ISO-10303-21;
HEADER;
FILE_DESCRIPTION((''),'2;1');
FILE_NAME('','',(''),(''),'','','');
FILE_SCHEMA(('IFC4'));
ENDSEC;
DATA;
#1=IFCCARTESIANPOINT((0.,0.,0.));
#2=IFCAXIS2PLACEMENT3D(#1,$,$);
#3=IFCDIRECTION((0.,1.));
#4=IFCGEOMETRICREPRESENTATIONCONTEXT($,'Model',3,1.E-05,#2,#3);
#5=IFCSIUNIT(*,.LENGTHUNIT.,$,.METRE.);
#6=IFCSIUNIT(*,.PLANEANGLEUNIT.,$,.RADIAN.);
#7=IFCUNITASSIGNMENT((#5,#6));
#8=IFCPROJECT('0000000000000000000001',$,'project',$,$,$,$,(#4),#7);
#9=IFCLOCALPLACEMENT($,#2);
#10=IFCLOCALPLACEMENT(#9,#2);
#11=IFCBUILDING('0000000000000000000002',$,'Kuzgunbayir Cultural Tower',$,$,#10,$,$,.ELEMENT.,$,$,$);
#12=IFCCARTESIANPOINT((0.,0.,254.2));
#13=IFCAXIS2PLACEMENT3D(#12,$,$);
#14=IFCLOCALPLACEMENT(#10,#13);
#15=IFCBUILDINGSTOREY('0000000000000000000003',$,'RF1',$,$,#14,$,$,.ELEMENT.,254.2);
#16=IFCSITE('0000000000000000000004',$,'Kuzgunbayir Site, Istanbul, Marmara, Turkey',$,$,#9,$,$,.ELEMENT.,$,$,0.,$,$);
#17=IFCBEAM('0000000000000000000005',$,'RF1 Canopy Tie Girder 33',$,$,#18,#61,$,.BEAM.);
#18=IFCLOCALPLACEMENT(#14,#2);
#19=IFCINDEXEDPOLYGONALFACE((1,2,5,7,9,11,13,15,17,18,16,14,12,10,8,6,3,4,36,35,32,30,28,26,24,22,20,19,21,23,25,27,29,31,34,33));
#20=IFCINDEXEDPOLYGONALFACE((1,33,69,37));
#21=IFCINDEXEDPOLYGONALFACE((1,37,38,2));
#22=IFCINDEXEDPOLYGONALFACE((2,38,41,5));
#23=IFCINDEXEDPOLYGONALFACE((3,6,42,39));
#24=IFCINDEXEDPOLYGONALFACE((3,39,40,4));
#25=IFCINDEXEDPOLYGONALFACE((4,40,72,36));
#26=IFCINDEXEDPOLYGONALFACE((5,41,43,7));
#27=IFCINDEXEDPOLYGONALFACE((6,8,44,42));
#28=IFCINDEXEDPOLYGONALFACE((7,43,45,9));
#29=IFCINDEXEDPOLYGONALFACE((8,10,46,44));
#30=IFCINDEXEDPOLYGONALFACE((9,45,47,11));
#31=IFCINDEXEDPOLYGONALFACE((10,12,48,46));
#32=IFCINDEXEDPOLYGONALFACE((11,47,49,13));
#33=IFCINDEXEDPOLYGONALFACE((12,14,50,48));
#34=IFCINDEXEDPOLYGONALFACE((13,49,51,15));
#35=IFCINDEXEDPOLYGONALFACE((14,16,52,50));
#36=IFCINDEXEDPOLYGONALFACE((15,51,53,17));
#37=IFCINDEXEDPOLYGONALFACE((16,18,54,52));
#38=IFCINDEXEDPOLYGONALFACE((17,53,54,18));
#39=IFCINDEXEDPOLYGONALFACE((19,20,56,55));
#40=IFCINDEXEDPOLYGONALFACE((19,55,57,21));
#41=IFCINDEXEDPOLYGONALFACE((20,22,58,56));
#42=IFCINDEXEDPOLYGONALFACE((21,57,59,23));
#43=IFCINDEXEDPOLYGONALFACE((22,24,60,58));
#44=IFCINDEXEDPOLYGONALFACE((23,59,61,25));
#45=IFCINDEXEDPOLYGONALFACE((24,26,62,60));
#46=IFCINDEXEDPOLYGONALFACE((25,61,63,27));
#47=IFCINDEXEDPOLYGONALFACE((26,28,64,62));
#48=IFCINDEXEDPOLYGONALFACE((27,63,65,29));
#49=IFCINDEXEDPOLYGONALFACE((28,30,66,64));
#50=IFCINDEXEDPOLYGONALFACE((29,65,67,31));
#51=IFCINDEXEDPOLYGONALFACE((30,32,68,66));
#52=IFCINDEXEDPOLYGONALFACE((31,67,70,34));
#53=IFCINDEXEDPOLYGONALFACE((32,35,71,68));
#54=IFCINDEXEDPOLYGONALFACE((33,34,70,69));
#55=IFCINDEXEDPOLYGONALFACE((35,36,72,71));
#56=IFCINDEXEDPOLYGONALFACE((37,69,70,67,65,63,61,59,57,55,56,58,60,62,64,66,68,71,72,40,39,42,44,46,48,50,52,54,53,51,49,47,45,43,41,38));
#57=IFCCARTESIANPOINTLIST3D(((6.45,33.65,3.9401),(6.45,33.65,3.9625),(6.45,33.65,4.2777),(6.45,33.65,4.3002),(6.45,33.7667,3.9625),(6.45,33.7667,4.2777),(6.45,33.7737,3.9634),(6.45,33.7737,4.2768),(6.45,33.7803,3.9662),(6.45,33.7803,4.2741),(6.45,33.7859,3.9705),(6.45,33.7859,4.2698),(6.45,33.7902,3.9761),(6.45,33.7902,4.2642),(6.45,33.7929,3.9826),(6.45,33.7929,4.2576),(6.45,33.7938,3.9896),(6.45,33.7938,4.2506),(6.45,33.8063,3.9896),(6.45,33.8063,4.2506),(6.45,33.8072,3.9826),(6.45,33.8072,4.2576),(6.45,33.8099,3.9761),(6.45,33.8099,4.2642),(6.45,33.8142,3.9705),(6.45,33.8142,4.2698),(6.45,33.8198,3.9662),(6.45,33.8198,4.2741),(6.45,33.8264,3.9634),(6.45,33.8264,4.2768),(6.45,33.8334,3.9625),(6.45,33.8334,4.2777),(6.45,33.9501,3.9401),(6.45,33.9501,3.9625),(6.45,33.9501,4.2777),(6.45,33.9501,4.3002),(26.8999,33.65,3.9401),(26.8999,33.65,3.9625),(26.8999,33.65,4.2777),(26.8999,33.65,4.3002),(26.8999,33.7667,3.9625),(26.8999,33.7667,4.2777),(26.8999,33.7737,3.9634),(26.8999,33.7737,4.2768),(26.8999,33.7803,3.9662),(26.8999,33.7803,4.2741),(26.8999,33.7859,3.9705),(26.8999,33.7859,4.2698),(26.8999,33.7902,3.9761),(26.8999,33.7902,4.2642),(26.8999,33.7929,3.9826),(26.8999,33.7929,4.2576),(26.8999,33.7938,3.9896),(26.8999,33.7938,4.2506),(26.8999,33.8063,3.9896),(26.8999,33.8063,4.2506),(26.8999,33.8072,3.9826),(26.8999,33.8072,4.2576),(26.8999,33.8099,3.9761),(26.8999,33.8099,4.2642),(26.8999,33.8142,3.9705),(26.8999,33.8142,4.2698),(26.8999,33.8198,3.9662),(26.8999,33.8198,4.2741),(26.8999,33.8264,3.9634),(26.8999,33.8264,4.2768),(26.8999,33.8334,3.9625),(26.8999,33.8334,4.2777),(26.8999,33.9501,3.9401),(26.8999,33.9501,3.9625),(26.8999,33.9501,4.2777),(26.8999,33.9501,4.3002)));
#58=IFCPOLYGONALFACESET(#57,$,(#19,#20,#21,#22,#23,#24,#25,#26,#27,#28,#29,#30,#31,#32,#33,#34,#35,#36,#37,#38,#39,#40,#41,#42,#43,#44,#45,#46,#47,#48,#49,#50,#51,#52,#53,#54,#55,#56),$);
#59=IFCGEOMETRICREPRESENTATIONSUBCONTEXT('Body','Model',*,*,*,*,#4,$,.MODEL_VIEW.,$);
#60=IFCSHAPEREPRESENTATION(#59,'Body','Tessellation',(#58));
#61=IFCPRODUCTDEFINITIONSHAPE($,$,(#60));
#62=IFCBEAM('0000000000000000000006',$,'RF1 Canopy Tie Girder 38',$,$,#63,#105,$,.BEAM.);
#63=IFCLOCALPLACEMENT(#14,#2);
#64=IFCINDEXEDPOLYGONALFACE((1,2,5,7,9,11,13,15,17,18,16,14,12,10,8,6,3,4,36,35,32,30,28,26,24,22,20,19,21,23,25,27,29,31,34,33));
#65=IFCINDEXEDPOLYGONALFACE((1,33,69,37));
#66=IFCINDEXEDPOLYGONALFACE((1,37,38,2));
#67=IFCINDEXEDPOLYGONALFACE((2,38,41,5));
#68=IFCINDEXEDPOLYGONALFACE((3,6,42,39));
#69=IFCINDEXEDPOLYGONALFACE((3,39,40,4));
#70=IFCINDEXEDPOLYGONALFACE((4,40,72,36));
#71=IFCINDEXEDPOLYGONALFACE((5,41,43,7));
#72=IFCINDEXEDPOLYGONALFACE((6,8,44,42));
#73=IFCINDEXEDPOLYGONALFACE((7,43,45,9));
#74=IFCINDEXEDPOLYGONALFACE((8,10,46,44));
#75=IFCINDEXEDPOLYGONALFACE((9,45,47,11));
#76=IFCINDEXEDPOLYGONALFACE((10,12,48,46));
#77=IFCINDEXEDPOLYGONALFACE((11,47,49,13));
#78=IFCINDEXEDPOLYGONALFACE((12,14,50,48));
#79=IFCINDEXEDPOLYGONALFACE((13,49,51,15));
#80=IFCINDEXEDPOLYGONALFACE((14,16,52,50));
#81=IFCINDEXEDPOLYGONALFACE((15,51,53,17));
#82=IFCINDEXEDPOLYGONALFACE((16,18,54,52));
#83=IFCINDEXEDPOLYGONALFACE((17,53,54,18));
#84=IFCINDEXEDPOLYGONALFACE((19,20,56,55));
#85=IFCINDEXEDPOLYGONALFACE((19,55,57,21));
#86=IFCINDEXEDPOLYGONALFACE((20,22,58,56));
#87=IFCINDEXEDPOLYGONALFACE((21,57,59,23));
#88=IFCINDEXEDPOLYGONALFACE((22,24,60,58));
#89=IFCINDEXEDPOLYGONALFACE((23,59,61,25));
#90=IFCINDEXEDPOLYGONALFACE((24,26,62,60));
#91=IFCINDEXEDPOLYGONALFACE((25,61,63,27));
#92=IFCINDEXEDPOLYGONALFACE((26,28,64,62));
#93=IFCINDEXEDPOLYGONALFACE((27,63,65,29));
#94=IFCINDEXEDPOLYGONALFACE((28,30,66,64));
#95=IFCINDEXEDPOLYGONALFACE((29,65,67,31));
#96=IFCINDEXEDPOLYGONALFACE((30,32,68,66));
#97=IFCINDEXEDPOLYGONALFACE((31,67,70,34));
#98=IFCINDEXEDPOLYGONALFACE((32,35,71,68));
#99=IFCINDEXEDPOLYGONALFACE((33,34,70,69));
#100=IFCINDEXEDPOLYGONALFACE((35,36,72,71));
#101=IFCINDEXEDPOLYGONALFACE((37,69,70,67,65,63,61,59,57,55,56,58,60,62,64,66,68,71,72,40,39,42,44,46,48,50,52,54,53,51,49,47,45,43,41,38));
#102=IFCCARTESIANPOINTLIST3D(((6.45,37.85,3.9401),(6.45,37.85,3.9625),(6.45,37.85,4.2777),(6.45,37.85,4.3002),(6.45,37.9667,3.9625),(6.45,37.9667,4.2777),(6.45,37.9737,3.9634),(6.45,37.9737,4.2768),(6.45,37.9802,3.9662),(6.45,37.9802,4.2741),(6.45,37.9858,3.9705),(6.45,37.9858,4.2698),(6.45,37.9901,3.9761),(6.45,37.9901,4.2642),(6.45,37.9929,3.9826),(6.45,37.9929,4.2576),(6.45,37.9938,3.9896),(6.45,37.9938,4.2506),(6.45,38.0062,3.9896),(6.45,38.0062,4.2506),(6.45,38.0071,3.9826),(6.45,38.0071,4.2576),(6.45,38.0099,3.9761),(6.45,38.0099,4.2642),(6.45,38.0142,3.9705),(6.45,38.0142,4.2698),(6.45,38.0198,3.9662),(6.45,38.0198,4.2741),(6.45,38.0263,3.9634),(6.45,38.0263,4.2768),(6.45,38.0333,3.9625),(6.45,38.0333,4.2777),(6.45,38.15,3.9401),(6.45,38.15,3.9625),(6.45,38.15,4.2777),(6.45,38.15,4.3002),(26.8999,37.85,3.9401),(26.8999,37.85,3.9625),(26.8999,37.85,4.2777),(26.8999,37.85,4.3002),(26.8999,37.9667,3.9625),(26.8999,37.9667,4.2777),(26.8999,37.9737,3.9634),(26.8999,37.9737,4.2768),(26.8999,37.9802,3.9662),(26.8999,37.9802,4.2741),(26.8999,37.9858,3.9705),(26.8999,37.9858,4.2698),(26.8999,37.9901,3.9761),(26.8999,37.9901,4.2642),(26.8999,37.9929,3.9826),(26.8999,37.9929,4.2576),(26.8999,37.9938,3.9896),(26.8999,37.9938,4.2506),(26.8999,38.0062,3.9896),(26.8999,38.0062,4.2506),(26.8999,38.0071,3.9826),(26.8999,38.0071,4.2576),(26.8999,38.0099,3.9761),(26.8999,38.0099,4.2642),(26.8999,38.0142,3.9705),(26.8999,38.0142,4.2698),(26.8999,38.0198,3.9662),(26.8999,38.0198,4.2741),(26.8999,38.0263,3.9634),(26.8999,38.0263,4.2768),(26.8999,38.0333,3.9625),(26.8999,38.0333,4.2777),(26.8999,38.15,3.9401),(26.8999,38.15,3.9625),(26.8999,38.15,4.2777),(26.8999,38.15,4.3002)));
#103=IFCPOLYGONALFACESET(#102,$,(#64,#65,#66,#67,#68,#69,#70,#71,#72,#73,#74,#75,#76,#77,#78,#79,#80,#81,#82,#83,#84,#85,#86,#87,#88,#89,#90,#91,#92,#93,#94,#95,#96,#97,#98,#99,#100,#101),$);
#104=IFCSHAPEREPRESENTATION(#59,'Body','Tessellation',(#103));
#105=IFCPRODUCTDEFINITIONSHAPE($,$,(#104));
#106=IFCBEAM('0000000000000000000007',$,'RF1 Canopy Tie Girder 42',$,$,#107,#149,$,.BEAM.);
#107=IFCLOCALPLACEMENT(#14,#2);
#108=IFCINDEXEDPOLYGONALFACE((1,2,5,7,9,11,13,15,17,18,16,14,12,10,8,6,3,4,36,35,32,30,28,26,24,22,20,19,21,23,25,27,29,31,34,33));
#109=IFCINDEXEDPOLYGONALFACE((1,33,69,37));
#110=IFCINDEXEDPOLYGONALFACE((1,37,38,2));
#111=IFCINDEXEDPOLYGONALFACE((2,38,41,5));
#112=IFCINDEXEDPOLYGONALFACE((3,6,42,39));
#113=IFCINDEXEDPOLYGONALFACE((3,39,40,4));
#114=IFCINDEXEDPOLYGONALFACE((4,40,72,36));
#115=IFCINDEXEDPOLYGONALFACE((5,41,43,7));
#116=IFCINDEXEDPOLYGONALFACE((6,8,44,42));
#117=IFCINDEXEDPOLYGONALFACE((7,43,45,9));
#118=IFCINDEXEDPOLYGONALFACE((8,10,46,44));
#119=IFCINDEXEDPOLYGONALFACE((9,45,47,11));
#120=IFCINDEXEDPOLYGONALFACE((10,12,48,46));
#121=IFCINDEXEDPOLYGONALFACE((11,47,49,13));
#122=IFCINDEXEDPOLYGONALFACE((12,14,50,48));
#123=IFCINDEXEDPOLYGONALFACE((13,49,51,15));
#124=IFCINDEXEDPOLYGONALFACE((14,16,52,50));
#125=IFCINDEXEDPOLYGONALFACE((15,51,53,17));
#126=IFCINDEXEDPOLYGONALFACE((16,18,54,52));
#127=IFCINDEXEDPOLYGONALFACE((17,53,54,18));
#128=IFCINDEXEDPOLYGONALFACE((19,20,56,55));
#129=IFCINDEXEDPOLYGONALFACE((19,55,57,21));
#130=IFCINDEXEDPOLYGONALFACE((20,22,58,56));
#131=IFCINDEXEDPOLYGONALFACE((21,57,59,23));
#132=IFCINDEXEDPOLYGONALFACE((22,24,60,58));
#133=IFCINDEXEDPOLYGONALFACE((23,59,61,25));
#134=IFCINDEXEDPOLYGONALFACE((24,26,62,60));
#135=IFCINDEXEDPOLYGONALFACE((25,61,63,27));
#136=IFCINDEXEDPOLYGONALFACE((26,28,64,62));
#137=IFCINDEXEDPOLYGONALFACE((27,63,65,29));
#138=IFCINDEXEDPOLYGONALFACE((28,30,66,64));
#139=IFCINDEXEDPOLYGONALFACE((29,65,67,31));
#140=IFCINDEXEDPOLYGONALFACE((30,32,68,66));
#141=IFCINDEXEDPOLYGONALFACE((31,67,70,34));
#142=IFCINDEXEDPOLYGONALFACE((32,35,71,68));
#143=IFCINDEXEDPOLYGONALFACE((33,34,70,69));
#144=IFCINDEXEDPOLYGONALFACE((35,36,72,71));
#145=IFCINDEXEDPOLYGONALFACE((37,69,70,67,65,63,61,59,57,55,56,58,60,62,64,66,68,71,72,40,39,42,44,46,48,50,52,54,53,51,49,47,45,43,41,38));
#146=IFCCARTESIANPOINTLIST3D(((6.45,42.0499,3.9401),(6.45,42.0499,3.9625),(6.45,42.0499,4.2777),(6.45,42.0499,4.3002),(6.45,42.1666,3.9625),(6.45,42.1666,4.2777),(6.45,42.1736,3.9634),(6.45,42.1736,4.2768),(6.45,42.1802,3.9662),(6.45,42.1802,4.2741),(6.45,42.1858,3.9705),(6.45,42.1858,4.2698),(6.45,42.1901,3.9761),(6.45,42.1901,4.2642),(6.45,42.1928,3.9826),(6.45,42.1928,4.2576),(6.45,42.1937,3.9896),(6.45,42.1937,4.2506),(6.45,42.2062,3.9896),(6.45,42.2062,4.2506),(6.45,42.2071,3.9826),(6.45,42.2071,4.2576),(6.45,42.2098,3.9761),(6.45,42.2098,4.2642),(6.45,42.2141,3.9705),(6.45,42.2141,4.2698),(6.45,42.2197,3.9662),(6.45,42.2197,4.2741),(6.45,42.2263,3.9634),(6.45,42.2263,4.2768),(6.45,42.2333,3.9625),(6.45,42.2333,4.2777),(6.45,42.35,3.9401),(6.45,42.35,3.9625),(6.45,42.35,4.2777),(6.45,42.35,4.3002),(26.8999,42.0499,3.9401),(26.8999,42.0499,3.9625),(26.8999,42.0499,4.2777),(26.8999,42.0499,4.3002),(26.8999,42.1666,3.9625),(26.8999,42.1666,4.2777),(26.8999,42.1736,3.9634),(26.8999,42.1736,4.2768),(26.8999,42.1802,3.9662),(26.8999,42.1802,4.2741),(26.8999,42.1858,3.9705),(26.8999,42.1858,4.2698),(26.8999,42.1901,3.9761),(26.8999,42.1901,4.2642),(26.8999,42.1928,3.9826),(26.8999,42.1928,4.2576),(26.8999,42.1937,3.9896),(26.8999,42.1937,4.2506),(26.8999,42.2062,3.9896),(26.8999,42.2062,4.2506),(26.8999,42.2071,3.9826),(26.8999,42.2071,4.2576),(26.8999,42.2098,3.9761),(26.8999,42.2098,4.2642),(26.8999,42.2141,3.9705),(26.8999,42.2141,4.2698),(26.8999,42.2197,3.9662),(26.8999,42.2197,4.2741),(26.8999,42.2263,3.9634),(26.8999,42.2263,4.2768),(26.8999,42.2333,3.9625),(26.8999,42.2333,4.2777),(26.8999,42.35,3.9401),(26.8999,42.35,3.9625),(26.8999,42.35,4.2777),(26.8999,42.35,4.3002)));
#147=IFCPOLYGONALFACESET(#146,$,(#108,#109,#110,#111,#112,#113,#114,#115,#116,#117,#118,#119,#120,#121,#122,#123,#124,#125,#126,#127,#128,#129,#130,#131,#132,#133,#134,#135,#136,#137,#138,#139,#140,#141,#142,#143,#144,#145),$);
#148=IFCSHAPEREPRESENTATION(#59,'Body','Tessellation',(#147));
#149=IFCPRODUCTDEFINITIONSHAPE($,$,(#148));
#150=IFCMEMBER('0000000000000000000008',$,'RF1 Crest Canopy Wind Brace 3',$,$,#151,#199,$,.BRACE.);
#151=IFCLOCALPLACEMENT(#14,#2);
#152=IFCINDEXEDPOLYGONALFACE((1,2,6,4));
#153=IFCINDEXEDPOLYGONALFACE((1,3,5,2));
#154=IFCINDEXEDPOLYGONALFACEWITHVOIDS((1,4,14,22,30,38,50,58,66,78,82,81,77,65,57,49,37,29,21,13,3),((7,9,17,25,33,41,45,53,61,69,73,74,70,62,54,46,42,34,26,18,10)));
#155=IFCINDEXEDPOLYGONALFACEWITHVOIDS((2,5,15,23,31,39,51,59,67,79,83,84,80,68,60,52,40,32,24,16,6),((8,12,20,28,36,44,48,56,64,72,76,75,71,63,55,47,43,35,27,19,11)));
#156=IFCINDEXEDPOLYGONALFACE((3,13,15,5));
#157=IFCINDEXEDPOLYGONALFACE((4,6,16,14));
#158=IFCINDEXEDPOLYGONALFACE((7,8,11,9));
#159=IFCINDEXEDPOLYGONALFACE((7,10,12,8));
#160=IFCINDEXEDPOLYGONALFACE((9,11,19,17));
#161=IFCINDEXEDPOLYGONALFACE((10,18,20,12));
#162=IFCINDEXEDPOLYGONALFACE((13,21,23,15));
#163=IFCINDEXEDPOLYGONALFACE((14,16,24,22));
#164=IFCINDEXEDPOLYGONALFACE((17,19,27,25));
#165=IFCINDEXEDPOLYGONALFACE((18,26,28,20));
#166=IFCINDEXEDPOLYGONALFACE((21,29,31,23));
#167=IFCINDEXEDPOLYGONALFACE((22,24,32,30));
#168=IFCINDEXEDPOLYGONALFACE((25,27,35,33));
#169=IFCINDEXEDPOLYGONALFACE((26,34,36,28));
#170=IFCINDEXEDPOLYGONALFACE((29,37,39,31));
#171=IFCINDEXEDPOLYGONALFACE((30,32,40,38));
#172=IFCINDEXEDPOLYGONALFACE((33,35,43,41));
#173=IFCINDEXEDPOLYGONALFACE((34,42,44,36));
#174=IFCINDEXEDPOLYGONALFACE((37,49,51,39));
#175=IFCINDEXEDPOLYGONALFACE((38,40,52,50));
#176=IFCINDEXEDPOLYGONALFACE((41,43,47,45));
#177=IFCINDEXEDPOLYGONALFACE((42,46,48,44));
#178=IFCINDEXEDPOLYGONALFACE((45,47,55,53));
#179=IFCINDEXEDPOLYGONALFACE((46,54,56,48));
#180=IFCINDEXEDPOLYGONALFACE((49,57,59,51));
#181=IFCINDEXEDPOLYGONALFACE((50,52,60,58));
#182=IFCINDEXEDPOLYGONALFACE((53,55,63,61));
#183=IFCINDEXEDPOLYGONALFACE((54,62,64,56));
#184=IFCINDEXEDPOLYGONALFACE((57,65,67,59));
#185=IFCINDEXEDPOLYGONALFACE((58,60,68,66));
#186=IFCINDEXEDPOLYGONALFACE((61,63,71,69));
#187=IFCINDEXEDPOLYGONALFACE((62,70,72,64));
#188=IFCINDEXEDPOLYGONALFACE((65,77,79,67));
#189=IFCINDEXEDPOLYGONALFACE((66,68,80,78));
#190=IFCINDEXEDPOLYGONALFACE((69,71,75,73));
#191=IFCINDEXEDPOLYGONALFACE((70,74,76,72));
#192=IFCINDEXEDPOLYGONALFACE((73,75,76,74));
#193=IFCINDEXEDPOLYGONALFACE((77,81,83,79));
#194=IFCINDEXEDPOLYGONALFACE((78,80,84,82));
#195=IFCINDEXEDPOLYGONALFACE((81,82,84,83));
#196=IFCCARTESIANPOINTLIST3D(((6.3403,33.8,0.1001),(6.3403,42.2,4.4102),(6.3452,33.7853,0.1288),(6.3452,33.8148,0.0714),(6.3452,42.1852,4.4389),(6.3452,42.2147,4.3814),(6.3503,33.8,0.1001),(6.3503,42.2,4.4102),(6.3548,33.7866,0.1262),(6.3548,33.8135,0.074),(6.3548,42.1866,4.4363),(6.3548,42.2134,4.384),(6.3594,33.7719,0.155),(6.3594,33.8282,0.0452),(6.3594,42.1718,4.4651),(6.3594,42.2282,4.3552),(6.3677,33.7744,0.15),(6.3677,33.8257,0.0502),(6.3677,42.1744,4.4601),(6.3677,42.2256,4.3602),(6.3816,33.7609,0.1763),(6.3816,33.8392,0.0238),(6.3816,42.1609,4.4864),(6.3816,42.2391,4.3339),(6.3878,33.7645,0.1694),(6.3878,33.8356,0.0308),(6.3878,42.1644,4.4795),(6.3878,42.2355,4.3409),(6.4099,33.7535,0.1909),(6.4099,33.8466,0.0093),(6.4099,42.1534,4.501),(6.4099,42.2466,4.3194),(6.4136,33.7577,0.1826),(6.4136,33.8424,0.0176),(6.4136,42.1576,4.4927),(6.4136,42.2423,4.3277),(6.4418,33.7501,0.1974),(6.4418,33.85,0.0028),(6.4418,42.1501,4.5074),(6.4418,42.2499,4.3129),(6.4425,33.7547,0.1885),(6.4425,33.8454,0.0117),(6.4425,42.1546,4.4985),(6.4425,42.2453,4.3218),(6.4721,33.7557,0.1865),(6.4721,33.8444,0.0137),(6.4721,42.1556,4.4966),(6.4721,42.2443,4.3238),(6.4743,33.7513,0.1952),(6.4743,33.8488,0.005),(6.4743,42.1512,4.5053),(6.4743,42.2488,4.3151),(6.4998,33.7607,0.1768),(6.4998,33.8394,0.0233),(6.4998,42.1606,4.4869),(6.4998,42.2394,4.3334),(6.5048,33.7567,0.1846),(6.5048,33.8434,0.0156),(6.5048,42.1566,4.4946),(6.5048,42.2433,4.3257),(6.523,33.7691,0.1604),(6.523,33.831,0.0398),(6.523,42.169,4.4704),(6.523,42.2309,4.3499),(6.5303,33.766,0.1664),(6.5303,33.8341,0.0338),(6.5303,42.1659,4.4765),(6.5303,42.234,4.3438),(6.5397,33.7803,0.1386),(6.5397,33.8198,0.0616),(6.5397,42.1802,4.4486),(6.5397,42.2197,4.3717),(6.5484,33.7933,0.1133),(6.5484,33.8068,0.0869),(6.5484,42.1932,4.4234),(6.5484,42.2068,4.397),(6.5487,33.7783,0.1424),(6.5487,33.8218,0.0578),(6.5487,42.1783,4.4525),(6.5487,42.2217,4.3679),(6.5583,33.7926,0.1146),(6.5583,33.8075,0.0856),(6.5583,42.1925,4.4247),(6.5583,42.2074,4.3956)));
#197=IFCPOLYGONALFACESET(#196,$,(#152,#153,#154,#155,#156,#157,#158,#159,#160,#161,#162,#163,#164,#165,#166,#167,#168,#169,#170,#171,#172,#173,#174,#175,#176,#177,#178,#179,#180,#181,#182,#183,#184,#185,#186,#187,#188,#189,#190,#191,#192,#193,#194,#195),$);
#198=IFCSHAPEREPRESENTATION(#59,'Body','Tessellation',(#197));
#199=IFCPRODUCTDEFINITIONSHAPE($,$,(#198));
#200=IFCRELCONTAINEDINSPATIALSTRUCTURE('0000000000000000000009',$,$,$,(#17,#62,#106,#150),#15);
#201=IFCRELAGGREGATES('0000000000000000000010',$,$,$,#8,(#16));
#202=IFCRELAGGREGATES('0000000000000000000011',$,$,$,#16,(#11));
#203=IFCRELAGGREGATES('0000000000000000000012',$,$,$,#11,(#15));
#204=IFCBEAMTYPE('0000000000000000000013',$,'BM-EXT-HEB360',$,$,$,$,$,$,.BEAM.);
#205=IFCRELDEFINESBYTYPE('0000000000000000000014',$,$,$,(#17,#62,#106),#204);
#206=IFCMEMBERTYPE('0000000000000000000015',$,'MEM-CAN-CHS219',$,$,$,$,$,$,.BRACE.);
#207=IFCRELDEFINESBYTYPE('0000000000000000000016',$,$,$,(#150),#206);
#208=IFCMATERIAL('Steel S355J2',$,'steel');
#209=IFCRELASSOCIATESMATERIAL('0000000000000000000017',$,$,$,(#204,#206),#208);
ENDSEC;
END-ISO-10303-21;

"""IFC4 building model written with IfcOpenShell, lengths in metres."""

from ifc_helpers import new_model, si_unit, direction, frame, origin, origin_2d, place, context, subcontext, project, spatial, hollow_circle, i_section, extrude, material, material_profile, profile_set, type_object, element, save


model = new_model("IFC4")

# Units and contexts
model_context = context("Model", 3, precision=1e-05, world=origin(), true_north=direction((0.0, 1.0)))
body_context = subcontext(model_context, "Body", "Model", "MODEL_VIEW")
ifc_project = project(units=[si_unit("LENGTHUNIT", "METRE"), si_unit("PLANEANGLEUNIT", "RADIAN")], contexts=[model_context])

# Site, building, storey
site_placement = place(None, origin())
site = spatial("IfcSite", under=ifc_project, at=site_placement, Name="Kuzgunbayir Site, Istanbul, Marmara, Turkey", CompositionType="ELEMENT", RefElevation=0.0)
building_placement = place(site_placement, origin())
building = spatial("IfcBuilding", under=site, at=building_placement, Name="Kuzgunbayir Cultural Tower", CompositionType="ELEMENT")
storey_placement = place(building_placement, frame((0.0, 0.0, 254.2)))
storey = spatial("IfcBuildingStorey", under=building, at=storey_placement, Name="RF1", CompositionType="ELEMENT", Elevation=254.2)

# Beams
ifc_material_1 = material(Name="Steel S355J2", Category="steel")
ifc_material_profile_1 = material_profile(ifc_material_1, i_section(OverallWidth=0.3, OverallDepth=0.3601, WebThickness=0.0125, FlangeThickness=0.0225, FilletRadius=0.0271, at=origin_2d()), Name="HEB 360")
ifc_profile_set_1 = profile_set([ifc_material_profile_1], Name="Steel S355J2")
beam_type = type_object("IfcBeamType", Name="BM-EXT-HEB360", PredefinedType="BEAM", material=ifc_profile_set_1)
for number, where, z_axis, x_axis, name in (
    (1, (6.45, 33.8, 4.1201), (1.0, 0.0, 0.0), (0.0, 1.0, 0.0), "RF1 Canopy Tie Girder 33"),
    (2, (6.45, 38.0, 4.1201), (1.0, 0.0, 0.0), (0.0, 1.0, 0.0), "RF1 Canopy Tie Girder 38"),
    (3, (6.45, 42.2, 4.1201), (1.0, 0.0, 0.0), (0.0, 1.0, 0.0), "RF1 Canopy Tie Girder 42"),
):
    element("IfcBeam", number, at=place(storey_placement, frame(where, z_axis=z_axis, x_axis=x_axis)), inside=storey, type_object=beam_type, Name=name, PredefinedType="BEAM", context=body_context, shape_type="SweptSolid", body=[
        extrude(i_section(OverallWidth=0.3, OverallDepth=0.3601, WebThickness=0.0125, FlangeThickness=0.0225, FilletRadius=0.0271, at=origin_2d()), origin(), (0.0, 0.0, 1.0), 20.45),
    ])

# Member
ifc_material_profile_2 = material_profile(ifc_material_1, hollow_circle(Radius=0.1096, WallThickness=0.01, at=origin_2d()), Name="CHS 219.1x10")
ifc_profile_set_2 = profile_set([ifc_material_profile_2], Name="Steel S355J2")
member_type_1 = type_object("IfcMemberType", Name="MEM-CAN-CHS219", PredefinedType="BRACE", material=ifc_profile_set_2)
member_1_placement = place(storey_placement, frame((6.45, 33.8, 0.1001), z_axis=(0.0, 0.889714, 0.456519), x_axis=(-1.0, 0.0, 0.0)))
element("IfcMember", 4, at=member_1_placement, inside=storey, type_object=member_type_1, Name="RF1 Crest Canopy Wind Brace 3", PredefinedType="BRACE", context=body_context, shape_type="SweptSolid", body=[
    extrude(hollow_circle(Radius=0.1096, WallThickness=0.01, at=origin_2d()), origin(), (0.0, 0.0, 1.0), 9.4412),
])

save(model, "model.ifc")
